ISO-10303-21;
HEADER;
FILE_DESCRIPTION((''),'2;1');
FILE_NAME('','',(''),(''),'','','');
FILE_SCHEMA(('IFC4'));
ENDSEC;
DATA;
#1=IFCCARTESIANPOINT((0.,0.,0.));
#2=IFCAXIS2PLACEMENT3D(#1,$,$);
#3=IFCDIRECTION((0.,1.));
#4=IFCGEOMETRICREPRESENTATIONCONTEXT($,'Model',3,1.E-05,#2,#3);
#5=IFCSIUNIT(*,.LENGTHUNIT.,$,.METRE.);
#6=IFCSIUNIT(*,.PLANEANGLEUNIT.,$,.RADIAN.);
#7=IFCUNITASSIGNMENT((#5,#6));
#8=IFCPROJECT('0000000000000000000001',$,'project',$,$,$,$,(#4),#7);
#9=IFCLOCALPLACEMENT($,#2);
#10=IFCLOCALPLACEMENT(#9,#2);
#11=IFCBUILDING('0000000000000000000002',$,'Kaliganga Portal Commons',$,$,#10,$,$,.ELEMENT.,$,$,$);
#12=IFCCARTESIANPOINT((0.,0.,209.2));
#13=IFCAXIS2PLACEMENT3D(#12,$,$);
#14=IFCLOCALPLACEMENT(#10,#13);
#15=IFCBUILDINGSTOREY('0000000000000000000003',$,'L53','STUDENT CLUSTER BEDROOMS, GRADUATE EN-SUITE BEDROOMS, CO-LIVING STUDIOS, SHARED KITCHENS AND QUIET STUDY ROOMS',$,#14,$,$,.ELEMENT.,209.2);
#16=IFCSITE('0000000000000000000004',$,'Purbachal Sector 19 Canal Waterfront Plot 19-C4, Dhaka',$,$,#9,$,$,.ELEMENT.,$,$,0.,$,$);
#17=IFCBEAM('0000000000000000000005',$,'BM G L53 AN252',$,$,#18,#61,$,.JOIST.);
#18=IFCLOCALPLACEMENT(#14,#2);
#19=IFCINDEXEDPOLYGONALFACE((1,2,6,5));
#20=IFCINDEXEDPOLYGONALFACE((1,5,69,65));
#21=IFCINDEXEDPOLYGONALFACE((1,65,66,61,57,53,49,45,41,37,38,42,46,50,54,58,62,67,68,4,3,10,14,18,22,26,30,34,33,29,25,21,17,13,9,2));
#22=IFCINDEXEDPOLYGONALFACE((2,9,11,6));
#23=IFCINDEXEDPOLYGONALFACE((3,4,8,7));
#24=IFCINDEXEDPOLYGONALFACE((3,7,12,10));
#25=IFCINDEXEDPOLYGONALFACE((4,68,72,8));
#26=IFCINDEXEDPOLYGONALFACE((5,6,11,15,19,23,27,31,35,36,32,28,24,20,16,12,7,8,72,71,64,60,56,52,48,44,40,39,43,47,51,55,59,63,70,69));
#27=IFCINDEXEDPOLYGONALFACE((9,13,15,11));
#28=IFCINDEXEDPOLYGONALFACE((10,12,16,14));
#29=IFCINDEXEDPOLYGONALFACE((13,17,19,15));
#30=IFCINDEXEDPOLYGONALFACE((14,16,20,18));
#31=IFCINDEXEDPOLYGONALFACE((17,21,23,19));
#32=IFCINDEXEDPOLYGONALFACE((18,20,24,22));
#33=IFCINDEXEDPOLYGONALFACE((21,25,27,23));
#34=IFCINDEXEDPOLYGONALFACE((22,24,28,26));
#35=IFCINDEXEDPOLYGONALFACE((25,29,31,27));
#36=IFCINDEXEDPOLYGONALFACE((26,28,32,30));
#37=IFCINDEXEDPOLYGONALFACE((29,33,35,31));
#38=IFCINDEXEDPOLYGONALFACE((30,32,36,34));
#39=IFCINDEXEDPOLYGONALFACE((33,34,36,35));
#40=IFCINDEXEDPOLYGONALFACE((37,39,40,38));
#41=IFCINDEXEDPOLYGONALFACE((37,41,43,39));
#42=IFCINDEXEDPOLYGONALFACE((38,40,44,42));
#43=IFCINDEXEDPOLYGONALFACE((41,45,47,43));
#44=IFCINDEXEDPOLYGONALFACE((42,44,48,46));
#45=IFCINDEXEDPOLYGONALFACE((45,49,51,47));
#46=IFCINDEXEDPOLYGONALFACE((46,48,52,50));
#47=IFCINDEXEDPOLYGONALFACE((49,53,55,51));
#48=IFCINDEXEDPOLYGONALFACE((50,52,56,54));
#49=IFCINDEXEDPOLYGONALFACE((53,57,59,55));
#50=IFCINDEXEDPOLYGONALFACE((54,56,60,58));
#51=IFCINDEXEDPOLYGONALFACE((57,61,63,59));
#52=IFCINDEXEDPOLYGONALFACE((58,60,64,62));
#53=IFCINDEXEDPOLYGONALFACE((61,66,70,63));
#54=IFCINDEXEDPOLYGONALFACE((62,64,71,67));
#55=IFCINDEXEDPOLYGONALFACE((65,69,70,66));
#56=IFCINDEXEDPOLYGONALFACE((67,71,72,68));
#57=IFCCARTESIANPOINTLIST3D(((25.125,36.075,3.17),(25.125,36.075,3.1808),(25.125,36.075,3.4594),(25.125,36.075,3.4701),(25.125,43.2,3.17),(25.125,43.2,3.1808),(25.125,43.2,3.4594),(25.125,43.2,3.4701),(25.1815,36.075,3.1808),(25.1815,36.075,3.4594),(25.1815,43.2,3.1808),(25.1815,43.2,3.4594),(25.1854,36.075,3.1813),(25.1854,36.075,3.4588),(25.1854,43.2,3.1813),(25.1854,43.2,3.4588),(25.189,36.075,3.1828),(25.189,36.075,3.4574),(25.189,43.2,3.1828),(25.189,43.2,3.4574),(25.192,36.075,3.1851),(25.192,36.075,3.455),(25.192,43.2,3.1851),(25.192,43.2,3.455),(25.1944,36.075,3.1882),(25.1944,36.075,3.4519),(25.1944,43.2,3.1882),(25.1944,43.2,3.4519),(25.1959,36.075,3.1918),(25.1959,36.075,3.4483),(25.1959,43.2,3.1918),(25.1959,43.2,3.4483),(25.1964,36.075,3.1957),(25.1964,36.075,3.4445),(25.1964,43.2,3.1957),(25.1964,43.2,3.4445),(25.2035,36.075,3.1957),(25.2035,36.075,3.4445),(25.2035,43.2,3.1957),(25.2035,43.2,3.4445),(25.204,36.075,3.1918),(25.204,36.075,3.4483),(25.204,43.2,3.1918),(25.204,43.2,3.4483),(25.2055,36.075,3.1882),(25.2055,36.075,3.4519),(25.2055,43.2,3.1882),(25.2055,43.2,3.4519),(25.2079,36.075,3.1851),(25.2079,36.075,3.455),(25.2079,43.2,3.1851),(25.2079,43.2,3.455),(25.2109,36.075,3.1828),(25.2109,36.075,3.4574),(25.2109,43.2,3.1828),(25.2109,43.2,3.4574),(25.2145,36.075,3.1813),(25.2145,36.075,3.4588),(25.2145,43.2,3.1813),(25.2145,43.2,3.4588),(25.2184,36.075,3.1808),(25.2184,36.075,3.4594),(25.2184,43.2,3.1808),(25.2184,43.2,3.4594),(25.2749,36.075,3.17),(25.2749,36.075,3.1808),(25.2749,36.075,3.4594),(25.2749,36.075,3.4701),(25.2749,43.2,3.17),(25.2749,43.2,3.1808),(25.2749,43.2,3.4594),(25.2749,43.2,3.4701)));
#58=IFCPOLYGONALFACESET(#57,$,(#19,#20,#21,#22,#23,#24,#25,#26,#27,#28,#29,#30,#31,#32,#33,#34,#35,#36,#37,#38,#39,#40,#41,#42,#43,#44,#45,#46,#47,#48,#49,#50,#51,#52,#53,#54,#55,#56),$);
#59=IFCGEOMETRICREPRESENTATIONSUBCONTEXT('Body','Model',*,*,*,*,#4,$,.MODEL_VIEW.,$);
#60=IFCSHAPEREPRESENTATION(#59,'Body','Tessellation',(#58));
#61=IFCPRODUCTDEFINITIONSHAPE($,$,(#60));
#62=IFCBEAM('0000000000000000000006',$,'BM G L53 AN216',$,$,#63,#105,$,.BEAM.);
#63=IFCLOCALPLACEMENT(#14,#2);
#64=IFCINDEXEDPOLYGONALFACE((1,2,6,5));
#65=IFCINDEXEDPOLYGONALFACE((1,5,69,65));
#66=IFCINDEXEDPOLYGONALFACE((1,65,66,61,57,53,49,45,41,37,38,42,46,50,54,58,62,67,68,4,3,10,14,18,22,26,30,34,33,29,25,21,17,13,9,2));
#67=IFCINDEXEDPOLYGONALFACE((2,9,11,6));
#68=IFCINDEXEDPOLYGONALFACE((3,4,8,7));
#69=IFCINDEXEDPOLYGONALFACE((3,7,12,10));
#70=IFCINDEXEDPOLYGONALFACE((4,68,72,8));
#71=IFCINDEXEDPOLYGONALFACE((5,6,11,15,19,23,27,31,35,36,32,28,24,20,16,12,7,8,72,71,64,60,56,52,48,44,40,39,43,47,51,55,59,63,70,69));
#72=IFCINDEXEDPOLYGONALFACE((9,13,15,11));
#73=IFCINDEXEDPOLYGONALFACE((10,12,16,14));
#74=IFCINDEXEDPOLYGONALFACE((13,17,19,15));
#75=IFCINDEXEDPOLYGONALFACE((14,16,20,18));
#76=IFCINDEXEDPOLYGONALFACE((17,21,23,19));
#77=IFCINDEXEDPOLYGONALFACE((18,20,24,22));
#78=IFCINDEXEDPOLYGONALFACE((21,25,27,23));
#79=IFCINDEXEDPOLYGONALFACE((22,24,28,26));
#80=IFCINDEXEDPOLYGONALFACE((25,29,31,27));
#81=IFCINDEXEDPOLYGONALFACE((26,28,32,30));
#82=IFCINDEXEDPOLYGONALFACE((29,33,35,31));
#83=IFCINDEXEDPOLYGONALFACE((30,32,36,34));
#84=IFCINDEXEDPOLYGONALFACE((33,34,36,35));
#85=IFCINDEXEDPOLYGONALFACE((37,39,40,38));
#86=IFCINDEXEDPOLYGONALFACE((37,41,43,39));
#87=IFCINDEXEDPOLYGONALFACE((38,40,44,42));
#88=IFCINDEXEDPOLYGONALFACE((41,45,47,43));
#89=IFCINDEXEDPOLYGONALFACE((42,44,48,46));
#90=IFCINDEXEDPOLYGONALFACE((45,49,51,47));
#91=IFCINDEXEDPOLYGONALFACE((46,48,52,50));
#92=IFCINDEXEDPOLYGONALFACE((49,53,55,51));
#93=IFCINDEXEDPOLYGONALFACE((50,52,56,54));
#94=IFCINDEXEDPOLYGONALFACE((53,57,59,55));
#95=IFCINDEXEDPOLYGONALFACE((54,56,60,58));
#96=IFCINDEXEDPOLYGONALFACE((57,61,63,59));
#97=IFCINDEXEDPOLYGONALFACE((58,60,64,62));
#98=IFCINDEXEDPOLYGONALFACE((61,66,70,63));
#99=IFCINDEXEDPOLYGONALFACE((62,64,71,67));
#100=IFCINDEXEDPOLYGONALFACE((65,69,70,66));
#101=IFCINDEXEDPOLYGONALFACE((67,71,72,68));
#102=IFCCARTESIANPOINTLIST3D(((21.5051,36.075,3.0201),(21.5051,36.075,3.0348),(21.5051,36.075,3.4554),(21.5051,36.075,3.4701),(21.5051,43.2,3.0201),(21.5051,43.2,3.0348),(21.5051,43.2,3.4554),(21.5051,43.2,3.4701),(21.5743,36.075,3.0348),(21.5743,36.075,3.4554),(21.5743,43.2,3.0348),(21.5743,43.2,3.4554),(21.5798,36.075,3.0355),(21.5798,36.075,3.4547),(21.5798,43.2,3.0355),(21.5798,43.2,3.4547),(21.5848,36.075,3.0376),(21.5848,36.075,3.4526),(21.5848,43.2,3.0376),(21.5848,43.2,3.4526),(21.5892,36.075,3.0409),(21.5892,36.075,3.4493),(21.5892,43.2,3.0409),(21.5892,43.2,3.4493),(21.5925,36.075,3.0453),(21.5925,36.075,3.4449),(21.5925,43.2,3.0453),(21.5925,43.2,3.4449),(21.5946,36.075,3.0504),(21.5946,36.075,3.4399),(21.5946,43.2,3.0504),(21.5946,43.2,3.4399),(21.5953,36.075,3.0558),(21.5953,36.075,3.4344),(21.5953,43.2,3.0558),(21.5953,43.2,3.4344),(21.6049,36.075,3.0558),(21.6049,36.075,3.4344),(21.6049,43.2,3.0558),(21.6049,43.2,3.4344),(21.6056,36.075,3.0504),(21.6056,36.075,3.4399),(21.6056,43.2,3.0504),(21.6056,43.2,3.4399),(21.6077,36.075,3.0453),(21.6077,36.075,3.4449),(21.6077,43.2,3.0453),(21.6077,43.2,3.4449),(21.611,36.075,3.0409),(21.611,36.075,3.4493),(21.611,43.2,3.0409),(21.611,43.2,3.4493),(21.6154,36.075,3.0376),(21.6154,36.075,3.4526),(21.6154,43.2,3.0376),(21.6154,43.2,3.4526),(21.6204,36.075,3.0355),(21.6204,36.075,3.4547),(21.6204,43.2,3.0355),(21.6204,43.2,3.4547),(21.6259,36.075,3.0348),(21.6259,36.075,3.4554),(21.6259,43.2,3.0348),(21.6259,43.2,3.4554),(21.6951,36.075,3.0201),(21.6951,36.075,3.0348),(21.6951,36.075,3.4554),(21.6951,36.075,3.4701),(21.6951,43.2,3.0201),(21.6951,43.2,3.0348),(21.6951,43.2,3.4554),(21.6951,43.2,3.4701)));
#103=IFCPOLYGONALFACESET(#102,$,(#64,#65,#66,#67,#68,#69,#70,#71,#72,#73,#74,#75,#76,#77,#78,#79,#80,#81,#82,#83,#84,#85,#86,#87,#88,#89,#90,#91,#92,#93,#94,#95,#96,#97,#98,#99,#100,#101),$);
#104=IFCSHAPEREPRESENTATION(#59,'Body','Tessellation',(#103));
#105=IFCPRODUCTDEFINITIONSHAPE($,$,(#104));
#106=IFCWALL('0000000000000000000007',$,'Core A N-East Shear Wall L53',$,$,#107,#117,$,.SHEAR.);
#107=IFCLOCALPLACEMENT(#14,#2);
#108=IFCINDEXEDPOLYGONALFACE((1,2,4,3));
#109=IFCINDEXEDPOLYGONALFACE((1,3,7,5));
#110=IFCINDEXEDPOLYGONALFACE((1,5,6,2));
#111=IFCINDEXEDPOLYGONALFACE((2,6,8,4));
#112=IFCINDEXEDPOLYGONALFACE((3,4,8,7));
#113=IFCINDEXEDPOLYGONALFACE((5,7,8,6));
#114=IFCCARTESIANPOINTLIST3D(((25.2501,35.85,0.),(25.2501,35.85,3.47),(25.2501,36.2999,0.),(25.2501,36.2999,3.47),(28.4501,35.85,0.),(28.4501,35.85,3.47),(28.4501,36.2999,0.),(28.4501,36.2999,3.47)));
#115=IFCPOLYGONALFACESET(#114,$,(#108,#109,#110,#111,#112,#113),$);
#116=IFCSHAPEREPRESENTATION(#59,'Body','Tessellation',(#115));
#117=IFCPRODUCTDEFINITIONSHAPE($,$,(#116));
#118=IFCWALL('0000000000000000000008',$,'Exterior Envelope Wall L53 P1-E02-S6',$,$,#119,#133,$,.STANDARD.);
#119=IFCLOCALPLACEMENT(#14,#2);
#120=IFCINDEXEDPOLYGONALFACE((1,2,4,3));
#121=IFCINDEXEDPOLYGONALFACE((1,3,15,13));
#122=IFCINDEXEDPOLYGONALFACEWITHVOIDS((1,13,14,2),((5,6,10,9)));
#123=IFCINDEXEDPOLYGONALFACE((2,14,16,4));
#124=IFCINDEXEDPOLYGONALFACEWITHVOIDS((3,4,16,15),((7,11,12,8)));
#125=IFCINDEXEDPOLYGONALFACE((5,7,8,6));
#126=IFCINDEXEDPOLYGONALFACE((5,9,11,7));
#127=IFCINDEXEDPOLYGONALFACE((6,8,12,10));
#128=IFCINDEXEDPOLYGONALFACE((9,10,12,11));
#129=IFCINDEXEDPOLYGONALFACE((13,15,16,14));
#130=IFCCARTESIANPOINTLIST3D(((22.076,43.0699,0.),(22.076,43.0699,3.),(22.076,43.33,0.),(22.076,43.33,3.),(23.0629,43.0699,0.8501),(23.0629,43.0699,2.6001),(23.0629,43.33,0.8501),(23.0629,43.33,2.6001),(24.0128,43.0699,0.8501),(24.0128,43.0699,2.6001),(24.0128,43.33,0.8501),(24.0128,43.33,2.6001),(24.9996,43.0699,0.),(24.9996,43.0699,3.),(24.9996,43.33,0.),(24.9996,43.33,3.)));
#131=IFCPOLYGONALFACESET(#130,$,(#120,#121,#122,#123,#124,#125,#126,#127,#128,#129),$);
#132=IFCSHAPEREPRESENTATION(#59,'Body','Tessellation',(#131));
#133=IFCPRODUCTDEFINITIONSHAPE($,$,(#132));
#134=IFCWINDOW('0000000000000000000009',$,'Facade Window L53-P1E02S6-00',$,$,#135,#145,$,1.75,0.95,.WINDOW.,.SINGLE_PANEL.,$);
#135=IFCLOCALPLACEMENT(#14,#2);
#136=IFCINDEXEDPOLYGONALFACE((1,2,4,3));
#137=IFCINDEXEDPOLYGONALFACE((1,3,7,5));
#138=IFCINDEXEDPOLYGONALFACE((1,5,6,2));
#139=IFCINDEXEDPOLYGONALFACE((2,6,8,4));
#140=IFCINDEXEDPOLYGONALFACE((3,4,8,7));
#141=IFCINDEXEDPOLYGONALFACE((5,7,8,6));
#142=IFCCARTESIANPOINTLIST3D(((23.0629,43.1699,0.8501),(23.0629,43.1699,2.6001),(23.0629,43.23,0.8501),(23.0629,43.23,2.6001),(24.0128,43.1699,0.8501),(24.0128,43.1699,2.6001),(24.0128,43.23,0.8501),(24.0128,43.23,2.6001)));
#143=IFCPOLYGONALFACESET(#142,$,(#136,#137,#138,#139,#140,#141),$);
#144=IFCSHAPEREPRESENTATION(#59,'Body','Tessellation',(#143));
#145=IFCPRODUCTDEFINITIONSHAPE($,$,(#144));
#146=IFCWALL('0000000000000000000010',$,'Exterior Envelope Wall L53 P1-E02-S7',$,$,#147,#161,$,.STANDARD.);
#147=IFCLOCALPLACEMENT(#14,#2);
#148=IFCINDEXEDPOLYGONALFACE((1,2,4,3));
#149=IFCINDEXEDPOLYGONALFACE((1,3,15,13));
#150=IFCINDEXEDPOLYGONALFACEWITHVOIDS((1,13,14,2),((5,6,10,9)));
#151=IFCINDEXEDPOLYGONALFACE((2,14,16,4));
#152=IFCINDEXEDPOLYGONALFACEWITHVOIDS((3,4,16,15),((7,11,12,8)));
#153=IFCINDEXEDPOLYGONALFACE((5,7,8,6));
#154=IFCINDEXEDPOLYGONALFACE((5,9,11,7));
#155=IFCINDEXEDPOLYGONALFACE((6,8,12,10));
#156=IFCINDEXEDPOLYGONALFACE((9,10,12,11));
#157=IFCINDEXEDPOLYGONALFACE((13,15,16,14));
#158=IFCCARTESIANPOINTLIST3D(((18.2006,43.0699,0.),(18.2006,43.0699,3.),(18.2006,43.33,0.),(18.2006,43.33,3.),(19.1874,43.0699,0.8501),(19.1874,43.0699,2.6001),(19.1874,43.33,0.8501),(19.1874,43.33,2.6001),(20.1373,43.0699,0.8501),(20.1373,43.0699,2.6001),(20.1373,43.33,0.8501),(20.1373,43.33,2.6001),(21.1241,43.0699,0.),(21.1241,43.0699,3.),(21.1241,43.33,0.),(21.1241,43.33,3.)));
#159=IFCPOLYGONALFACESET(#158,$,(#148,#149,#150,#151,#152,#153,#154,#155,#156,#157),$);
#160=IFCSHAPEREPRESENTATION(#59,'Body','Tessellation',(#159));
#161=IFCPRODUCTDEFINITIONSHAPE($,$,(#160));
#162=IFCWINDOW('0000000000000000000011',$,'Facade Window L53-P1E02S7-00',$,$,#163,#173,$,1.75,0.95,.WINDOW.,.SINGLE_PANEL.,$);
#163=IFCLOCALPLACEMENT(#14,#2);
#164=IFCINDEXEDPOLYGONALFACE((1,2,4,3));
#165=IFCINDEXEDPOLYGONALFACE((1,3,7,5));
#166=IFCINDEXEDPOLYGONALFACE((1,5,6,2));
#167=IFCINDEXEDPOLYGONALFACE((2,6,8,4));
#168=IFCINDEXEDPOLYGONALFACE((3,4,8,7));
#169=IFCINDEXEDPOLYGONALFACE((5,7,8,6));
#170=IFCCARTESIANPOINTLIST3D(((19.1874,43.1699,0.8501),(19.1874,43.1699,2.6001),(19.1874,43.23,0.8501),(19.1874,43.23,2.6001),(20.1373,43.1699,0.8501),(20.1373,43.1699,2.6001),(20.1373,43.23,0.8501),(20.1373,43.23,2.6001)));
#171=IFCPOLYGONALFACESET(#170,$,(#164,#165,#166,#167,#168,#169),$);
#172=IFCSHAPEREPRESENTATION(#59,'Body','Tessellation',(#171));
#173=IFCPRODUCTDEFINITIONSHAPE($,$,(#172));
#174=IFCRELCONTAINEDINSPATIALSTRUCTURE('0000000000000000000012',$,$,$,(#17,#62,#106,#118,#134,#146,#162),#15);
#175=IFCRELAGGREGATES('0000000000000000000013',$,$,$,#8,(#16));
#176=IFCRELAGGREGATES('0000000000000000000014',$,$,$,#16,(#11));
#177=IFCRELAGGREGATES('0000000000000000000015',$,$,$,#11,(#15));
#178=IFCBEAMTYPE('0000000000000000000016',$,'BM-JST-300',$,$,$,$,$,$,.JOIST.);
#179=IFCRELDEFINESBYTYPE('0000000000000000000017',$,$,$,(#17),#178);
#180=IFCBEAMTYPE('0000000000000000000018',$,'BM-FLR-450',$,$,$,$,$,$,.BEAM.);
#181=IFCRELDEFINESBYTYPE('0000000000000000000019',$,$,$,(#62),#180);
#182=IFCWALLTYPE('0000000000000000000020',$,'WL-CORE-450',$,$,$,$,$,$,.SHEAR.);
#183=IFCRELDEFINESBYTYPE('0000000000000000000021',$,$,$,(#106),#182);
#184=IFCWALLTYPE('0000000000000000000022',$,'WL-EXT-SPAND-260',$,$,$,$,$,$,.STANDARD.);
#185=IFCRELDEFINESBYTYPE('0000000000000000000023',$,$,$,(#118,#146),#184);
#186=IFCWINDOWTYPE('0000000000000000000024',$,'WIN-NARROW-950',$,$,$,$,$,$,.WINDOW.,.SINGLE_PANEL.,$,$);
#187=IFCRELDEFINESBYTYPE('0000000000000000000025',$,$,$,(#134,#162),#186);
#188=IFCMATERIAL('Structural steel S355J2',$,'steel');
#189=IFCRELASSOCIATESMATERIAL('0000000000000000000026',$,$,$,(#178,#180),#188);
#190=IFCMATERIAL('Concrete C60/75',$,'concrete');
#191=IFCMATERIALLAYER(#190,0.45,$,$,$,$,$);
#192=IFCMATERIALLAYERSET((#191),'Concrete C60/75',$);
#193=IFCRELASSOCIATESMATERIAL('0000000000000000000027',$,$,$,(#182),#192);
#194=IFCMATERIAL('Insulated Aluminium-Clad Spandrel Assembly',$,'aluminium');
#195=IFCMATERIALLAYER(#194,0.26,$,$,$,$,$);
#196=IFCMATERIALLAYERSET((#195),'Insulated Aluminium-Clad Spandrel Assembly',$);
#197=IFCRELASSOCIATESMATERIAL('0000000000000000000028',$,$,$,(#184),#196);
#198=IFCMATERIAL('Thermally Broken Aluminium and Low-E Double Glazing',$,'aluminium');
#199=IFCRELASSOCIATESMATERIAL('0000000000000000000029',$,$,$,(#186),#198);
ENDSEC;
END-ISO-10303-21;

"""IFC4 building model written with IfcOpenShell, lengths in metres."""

from ifc_helpers import new_model, si_unit, direction, frame, frame_2d, origin, origin_2d, place, context, subcontext, project, spatial, rectangle, i_section, extrude, source, transform, mapped, material, layer, layer_set, material_profile, profile_set, type_object, element, fill, save


model = new_model("IFC4")

# Units and contexts
model_context = context("Model", 3, precision=1e-05, world=origin(), true_north=direction((0.0, 1.0)))
body_context = subcontext(model_context, "Body", "Model", "MODEL_VIEW")
ifc_project = project(units=[si_unit("LENGTHUNIT", "METRE"), si_unit("PLANEANGLEUNIT", "RADIAN")], contexts=[model_context])

# Site, building, storey
site_placement = place(None, origin())
site = spatial("IfcSite", under=ifc_project, at=site_placement, Name="Purbachal Sector 19 Canal Waterfront Plot 19-C4, Dhaka", CompositionType="ELEMENT", RefElevation=0.0)
building_placement = place(site_placement, origin())
building = spatial("IfcBuilding", under=site, at=building_placement, Name="Kaliganga Portal Commons", CompositionType="ELEMENT")
storey_placement = place(building_placement, frame((0.0, 0.0, 209.2)))
storey = spatial("IfcBuildingStorey", under=building, at=storey_placement, Name="L53", Description="STUDENT CLUSTER BEDROOMS, GRADUATE EN-SUITE BEDROOMS, CO-LIVING STUDIOS, SHARED KITCHENS AND QUIET STUDY ROOMS", CompositionType="ELEMENT", Elevation=209.2)

# Shared definitions
ifc_material_1 = material(Name="Structural steel S355J2", Category="steel")

# Beams
ifc_material_profile_1 = material_profile(ifc_material_1, i_section(OverallWidth=0.1499, OverallDepth=0.3, WebThickness=0.0071, FlangeThickness=0.0107, FilletRadius=0.0149, at=origin_2d()), Name="IPE 300")
ifc_profile_set_1 = profile_set([ifc_material_profile_1], Name="Structural steel S355J2 wide-flange")
beam_type_1 = type_object("IfcBeamType", Name="BM-JST-300", PredefinedType="JOIST", material=ifc_profile_set_1)
shared_shape_1 = source(origin(), body_context, "Body", "SweptSolid", [
    extrude(i_section(OverallWidth=0.1499, OverallDepth=0.3, WebThickness=0.0071, FlangeThickness=0.0107, FilletRadius=0.0149, at=origin_2d()), origin(), (0.0, 0.0, 1.0), 7.125),
])
beam_1_placement = place(storey_placement, frame((25.2, 36.075, 3.3201), z_axis=(0.0, 1.0, 0.0), x_axis=(-1.0, 0.0, 0.0)))
element("IfcBeam", 1, at=beam_1_placement, inside=storey, type_object=beam_type_1, Name="BM G L53 AN252", PredefinedType="JOIST", context=body_context, shape_type="MappedRepresentation", body=[
    mapped(shared_shape_1, transform((0.0, 0.0, 0.0), x_axis=(1.0, 0.0, 0.0), y_axis=(0.0, 1.0, 0.0), z_axis=(0.0, 0.0, 1.0), scale=1.0)),
])
ifc_material_profile_2 = material_profile(ifc_material_1, i_section(OverallWidth=0.1899, OverallDepth=0.45, WebThickness=0.0095, FlangeThickness=0.0146, FilletRadius=0.021, at=origin_2d()), Name="IPE 450")
ifc_profile_set_2 = profile_set([ifc_material_profile_2], Name="Structural steel S355J2 wide-flange")
beam_type_2 = type_object("IfcBeamType", Name="BM-FLR-450", PredefinedType="BEAM", material=ifc_profile_set_2)
shared_shape_2 = source(origin(), body_context, "Body", "SweptSolid", [
    extrude(i_section(OverallWidth=0.1899, OverallDepth=0.45, WebThickness=0.0095, FlangeThickness=0.0146, FilletRadius=0.021, at=origin_2d()), origin(), (0.0, 0.0, 1.0), 7.125),
])
beam_2_placement = place(storey_placement, frame((21.6001, 36.075, 3.2451), z_axis=(0.0, 1.0, 0.0), x_axis=(-1.0, 0.0, 0.0)))
element("IfcBeam", 2, at=beam_2_placement, inside=storey, type_object=beam_type_2, Name="BM G L53 AN216", PredefinedType="BEAM", context=body_context, shape_type="MappedRepresentation", body=[
    mapped(shared_shape_2, transform((0.0, 0.0, 0.0), x_axis=(1.0, 0.0, 0.0), y_axis=(0.0, 1.0, 0.0), z_axis=(0.0, 0.0, 1.0), scale=1.0)),
])

# Wall
ifc_material_2 = material(Name="Concrete C60/75", Category="concrete")
ifc_layer_1 = layer(ifc_material_2, 0.45)
ifc_layer_set_1 = layer_set([ifc_layer_1], Name="Concrete C60/75")
wall_type_1 = type_object("IfcWallType", Name="WL-CORE-450", PredefinedType="SHEAR", material=ifc_layer_set_1)
wall_1_placement = place(storey_placement, frame((25.25, 36.075, 0.0), z_axis=(0.0, 0.0, 1.0), x_axis=(1.0, 0.0, 0.0)))
element("IfcWall", 3, at=wall_1_placement, inside=storey, type_object=wall_type_1, Name="Core A N-East Shear Wall L53", PredefinedType="SHEAR", context=body_context, shape_type="SweptSolid", body=[
    extrude(rectangle(XDim=3.2, YDim=0.45, at=frame_2d((1.6001, 0.0))), origin(), (0.0, 0.0, 1.0), 3.47),
])

# Walls, openings, windows
ifc_material_3 = material(Name="Insulated Aluminium-Clad Spandrel Assembly", Category="aluminium")
ifc_layer_2 = layer(ifc_material_3, 0.26)
ifc_layer_set_2 = layer_set([ifc_layer_2], Name="Insulated Aluminium-Clad Spandrel Assembly")
wall_type_2 = type_object("IfcWallType", Name="WL-EXT-SPAND-260", PredefinedType="STANDARD", material=ifc_layer_set_2)
wall_2_placement = place(storey_placement, frame((22.0759, 43.2, 0.0), z_axis=(0.0, 0.0, 1.0), x_axis=(1.0, 0.0, 0.0)))
wall_2 = element("IfcWall", 4, at=wall_2_placement, inside=storey, type_object=wall_type_2, Name="Exterior Envelope Wall L53 P1-E02-S6", PredefinedType="STANDARD", context=body_context, shape_type="SweptSolid", body=[
    extrude(rectangle(XDim=2.9236, YDim=0.26, at=frame_2d((1.4619, 0.0))), origin(), (0.0, 0.0, 1.0), 3.0),
])
opening_1_placement = place(wall_2_placement, frame((0.9868, 0.0, 0.8501)))
opening_1 = element("IfcOpeningElement", 5, at=opening_1_placement, cuts=wall_2, PredefinedType="OPENING", context=body_context, shape_type="SweptSolid", body=[
    extrude(rectangle(XDim=0.95, YDim=1.75, at=frame_2d((0.4751, 0.875))), frame((0.0, 0.1401, 0.0), z_axis=(0.0, -1.0, 0.0), x_axis=(1.0, 0.0, 0.0)), (0.0, 0.0, 1.0), 0.28),
])
ifc_material_4 = material(Name="Thermally Broken Aluminium and Low-E Double Glazing", Category="aluminium")
window_type = type_object("IfcWindowType", Name="WIN-NARROW-950", PartitioningType="SINGLE_PANEL", PredefinedType="WINDOW", material=ifc_material_4)
window_1_placement = place(opening_1_placement, origin())
window_1 = element("IfcWindow", 6, at=window_1_placement, inside=storey, type_object=window_type, Name="Facade Window L53-P1E02S6-00", OverallHeight=1.75, OverallWidth=0.95, PartitioningType="SINGLE_PANEL", PredefinedType="WINDOW", context=body_context, shape_type="SweptSolid", body=[
    extrude(rectangle(XDim=0.95, YDim=1.75, at=frame_2d((0.4751, 0.875))), frame((0.0, 0.03, 0.0), z_axis=(0.0, -1.0, 0.0), x_axis=(1.0, 0.0, 0.0)), (0.0, 0.0, 1.0), 0.0601),
])
fill(opening_1, window_1)
wall_3_placement = place(storey_placement, frame((18.2004, 43.2, 0.0), z_axis=(0.0, 0.0, 1.0), x_axis=(1.0, 0.0, 0.0)))
wall_3 = element("IfcWall", 7, at=wall_3_placement, inside=storey, type_object=wall_type_2, Name="Exterior Envelope Wall L53 P1-E02-S7", PredefinedType="STANDARD", context=body_context, shape_type="SweptSolid", body=[
    extrude(rectangle(XDim=2.9236, YDim=0.26, at=frame_2d((1.4619, 0.0))), origin(), (0.0, 0.0, 1.0), 3.0),
])
opening_2_placement = place(wall_3_placement, frame((0.9868, 0.0, 0.8501)))
opening_2 = element("IfcOpeningElement", 8, at=opening_2_placement, cuts=wall_3, PredefinedType="OPENING", context=body_context, shape_type="SweptSolid", body=[
    extrude(rectangle(XDim=0.95, YDim=1.75, at=frame_2d((0.4751, 0.875))), frame((0.0, 0.1401, 0.0), z_axis=(0.0, -1.0, 0.0), x_axis=(1.0, 0.0, 0.0)), (0.0, 0.0, 1.0), 0.28),
])
window_2_placement = place(opening_2_placement, origin())
window_2 = element("IfcWindow", 9, at=window_2_placement, inside=storey, type_object=window_type, Name="Facade Window L53-P1E02S7-00", OverallHeight=1.75, OverallWidth=0.95, PartitioningType="SINGLE_PANEL", PredefinedType="WINDOW", context=body_context, shape_type="SweptSolid", body=[
    extrude(rectangle(XDim=0.95, YDim=1.75, at=frame_2d((0.4751, 0.875))), frame((0.0, 0.03, 0.0), z_axis=(0.0, -1.0, 0.0), x_axis=(1.0, 0.0, 0.0)), (0.0, 0.0, 1.0), 0.0601),
])
fill(opening_2, window_2)

save(model, "model.ifc")
